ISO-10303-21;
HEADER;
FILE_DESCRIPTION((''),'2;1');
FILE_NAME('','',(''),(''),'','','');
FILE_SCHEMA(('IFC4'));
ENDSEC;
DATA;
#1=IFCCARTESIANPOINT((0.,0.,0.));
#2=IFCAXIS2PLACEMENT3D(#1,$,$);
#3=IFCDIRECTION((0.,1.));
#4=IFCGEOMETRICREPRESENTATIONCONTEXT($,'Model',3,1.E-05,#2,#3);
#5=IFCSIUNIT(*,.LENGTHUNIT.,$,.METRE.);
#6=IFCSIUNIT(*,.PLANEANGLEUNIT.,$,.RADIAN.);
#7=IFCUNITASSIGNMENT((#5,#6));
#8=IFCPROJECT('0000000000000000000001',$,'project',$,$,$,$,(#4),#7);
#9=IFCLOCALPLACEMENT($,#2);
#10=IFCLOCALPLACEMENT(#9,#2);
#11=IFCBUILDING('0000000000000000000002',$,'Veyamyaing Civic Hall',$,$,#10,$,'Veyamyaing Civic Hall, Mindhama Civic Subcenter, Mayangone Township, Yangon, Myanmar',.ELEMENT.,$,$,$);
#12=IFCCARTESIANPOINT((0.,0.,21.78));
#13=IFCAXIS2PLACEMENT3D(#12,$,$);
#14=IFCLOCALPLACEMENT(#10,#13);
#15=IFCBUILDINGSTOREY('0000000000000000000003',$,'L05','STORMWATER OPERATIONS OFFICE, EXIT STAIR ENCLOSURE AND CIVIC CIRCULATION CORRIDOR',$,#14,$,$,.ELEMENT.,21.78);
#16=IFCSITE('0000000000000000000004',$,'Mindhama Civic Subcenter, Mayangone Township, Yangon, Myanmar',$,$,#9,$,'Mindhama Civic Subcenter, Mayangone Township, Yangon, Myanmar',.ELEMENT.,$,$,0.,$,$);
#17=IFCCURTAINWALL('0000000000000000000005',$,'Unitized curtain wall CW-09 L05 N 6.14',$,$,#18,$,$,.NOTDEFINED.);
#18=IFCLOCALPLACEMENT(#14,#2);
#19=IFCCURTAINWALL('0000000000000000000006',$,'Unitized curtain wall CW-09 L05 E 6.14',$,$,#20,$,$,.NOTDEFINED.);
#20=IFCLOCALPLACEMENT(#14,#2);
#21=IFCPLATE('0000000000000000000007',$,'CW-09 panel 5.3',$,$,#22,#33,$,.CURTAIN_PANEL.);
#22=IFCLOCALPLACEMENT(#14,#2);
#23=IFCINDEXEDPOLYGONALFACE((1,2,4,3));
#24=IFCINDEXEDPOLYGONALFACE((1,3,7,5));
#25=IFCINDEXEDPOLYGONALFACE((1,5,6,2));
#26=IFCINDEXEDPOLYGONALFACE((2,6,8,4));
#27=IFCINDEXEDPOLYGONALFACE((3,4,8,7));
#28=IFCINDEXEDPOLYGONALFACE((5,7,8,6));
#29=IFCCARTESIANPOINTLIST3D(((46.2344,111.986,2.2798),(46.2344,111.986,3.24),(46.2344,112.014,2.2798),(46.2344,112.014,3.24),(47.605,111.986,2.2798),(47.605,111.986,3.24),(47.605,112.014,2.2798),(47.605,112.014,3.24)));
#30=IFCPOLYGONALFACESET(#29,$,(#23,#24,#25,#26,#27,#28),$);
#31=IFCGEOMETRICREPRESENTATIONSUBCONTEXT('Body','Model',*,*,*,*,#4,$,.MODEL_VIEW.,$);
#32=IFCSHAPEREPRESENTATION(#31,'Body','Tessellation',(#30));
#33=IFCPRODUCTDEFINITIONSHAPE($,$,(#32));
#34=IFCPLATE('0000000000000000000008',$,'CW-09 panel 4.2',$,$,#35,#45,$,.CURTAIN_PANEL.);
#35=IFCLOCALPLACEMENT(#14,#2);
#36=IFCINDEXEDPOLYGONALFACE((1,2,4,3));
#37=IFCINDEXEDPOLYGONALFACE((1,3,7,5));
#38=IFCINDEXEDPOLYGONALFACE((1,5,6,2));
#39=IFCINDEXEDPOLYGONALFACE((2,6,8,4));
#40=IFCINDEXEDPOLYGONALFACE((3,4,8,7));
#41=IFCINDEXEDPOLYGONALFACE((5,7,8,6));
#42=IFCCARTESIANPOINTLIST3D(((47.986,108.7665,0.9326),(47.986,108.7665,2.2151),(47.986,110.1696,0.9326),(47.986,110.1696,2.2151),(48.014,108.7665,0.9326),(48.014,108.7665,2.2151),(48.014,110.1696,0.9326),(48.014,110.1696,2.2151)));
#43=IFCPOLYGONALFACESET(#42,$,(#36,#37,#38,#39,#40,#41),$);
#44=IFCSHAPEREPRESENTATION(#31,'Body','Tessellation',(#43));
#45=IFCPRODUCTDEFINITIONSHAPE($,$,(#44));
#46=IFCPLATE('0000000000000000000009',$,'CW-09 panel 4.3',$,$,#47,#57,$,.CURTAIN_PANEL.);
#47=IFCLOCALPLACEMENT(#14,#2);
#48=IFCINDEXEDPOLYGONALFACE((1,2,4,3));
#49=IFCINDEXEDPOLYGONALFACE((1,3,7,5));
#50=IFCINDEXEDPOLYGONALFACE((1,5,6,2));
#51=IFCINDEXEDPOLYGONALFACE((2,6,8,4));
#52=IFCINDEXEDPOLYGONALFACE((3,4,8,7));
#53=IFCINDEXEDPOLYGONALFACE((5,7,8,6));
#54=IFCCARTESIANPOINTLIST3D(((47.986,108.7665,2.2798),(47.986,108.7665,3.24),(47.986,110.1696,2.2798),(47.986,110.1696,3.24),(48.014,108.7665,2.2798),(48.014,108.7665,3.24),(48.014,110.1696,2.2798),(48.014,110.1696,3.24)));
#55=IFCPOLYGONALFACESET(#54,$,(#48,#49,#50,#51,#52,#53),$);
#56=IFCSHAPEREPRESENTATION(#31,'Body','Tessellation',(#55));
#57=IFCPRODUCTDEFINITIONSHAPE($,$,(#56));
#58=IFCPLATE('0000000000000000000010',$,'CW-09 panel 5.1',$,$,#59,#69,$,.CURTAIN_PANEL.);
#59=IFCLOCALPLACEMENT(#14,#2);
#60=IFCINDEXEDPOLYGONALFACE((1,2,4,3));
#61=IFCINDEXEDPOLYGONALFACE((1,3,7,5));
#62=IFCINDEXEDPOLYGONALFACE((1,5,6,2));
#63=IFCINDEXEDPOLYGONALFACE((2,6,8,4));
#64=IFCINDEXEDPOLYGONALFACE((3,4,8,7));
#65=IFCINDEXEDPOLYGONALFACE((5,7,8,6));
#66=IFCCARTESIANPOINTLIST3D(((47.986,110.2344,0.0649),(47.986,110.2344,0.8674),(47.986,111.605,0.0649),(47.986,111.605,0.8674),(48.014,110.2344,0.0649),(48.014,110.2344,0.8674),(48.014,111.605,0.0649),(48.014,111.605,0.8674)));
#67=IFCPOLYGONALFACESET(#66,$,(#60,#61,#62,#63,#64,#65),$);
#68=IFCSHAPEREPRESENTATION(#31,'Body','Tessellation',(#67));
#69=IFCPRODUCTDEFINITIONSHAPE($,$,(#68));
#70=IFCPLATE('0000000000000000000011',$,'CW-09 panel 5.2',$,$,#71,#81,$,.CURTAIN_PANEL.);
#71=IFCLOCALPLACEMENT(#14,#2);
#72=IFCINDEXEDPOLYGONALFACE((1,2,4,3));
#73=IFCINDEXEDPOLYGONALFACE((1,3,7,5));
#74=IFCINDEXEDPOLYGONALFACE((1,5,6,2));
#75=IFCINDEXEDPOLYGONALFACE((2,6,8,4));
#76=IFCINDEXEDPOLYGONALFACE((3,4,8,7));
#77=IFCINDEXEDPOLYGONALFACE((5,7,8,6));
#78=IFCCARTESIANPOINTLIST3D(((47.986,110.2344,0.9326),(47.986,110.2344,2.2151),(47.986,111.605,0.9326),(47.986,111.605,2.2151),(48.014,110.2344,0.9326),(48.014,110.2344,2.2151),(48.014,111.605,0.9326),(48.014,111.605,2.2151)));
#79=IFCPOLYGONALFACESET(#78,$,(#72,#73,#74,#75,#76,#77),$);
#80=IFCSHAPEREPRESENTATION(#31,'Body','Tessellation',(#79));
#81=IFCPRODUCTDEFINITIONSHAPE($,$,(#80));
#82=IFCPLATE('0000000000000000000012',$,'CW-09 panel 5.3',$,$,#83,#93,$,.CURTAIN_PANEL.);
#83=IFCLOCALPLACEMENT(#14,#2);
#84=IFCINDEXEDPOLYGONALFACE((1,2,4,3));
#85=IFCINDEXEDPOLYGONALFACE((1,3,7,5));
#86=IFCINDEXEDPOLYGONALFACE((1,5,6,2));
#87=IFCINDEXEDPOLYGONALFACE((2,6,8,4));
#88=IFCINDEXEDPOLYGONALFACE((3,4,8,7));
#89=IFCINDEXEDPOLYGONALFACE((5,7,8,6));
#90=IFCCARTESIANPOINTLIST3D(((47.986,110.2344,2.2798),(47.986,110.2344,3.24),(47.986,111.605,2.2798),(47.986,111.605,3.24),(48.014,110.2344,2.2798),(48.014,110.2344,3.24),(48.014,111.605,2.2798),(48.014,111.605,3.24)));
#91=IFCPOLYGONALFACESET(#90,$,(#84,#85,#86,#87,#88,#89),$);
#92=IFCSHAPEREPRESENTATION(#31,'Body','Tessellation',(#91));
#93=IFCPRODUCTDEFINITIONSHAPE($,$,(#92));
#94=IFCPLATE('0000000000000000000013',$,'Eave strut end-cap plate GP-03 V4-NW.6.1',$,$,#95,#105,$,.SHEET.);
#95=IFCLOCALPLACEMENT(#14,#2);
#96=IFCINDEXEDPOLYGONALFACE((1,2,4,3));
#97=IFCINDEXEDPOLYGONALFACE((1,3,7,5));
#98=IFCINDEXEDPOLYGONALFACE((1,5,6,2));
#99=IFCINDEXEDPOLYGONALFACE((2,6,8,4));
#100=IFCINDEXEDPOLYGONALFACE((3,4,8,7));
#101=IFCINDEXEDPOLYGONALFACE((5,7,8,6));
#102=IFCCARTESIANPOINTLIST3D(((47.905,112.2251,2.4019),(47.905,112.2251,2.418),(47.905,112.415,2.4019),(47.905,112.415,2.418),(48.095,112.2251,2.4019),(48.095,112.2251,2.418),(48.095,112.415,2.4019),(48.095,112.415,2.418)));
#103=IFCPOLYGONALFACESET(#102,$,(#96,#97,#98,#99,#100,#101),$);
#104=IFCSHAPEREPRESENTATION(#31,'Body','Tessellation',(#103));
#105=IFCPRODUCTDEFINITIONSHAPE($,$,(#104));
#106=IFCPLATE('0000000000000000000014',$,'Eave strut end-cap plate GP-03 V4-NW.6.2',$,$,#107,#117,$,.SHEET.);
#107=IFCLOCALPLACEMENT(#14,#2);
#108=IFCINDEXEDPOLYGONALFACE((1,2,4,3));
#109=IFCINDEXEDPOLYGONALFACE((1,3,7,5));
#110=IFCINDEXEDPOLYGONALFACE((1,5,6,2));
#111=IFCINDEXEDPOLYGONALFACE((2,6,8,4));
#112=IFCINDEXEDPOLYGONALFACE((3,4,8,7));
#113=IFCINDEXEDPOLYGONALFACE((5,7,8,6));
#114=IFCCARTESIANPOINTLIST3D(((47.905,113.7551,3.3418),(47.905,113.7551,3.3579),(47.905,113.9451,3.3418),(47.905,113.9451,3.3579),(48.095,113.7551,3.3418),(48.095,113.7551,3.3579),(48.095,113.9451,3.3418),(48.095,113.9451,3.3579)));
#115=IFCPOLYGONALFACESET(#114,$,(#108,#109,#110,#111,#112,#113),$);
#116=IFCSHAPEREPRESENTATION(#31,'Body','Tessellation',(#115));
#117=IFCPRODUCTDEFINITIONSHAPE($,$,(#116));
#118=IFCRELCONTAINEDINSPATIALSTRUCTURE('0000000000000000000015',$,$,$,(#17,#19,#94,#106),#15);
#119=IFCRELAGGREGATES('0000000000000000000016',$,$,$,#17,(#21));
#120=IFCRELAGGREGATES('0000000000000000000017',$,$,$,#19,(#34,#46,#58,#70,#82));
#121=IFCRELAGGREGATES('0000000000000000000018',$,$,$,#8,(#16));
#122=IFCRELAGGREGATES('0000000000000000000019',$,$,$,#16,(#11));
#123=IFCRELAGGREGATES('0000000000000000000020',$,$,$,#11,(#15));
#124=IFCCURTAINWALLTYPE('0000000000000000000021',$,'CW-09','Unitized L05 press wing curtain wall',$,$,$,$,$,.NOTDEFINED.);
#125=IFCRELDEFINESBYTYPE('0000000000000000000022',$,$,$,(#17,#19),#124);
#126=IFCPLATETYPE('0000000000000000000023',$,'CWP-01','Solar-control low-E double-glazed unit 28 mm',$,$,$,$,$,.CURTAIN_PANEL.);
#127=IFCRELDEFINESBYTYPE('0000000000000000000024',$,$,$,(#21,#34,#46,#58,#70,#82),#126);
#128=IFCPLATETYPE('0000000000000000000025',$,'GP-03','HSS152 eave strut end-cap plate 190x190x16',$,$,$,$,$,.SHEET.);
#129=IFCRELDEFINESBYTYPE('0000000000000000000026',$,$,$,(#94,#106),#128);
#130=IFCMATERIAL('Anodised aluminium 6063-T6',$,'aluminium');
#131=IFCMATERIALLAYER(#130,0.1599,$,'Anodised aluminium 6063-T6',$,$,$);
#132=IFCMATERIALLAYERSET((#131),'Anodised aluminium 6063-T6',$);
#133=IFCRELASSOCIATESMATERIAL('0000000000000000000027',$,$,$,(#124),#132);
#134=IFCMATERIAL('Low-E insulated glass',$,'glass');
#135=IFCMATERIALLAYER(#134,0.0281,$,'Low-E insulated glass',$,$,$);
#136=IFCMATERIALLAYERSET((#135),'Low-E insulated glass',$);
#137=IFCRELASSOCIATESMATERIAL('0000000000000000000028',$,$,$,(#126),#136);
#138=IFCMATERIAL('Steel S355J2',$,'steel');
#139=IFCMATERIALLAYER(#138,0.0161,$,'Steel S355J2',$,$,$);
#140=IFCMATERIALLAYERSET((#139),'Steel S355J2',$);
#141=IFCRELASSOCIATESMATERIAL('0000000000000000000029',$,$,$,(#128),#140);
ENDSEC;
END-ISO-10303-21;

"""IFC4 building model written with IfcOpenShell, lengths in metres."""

from ifc_helpers import new_model, si_unit, direction, frame, origin, origin_2d, place, context, subcontext, project, spatial, rectangle, extrude, material, layer, layer_set, type_object, element, aggregate, save


model = new_model("IFC4")

# Units and contexts
model_context = context("Model", 3, precision=1e-05, world=origin(), true_north=direction((0.0, 1.0)))
body_context = subcontext(model_context, "Body", "Model", "MODEL_VIEW")
ifc_project = project(units=[si_unit("LENGTHUNIT", "METRE"), si_unit("PLANEANGLEUNIT", "RADIAN")], contexts=[model_context])

# Site, building, storey
site_placement = place(None, origin())
site = spatial("IfcSite", under=ifc_project, at=site_placement, Name="Mindhama Civic Subcenter, Mayangone Township, Yangon, Myanmar", LongName="Mindhama Civic Subcenter, Mayangone Township, Yangon, Myanmar", CompositionType="ELEMENT", RefElevation=0.0)
building_placement = place(site_placement, origin())
building = spatial("IfcBuilding", under=site, at=building_placement, Name="Veyamyaing Civic Hall", LongName="Veyamyaing Civic Hall, Mindhama Civic Subcenter, Mayangone Township, Yangon, Myanmar", CompositionType="ELEMENT")
storey_placement = place(building_placement, frame((0.0, 0.0, 21.78)))
storey = spatial("IfcBuildingStorey", under=building, at=storey_placement, Name="L05", Description="STORMWATER OPERATIONS OFFICE, EXIT STAIR ENCLOSURE AND CIVIC CIRCULATION CORRIDOR", CompositionType="ELEMENT", Elevation=21.78)

# Curtain wall
ifc_material_1 = material(Name="Anodised aluminium 6063-T6", Category="aluminium")
ifc_layer_1 = layer(ifc_material_1, 0.1599, Name="Anodised aluminium 6063-T6")
ifc_layer_set_1 = layer_set([ifc_layer_1], Name="Anodised aluminium 6063-T6")
curtain_wall_type = type_object("IfcCurtainWallType", Name="CW-09", Description="Unitized L05 press wing curtain wall", PredefinedType="NOTDEFINED", material=ifc_layer_set_1)
curtain_wall_1_placement = place(storey_placement, origin())
curtain_wall_1 = element("IfcCurtainWall", 1, at=curtain_wall_1_placement, inside=storey, type_object=curtain_wall_type, Name="Unitized curtain wall CW-09 L05 N 6.14", PredefinedType="NOTDEFINED")

# Curtain wall
curtain_wall_2_placement = place(storey_placement, origin())
curtain_wall_2 = element("IfcCurtainWall", 2, at=curtain_wall_2_placement, inside=storey, type_object=curtain_wall_type, Name="Unitized curtain wall CW-09 L05 E 6.14", PredefinedType="NOTDEFINED")

# Shared definitions
ifc_material_2 = material(Name="Steel S355J2", Category="steel")

# Plates
ifc_material_3 = material(Name="Low-E insulated glass", Category="glass")
ifc_layer_2 = layer(ifc_material_3, 0.0281, Name="Low-E insulated glass")
ifc_layer_set_2 = layer_set([ifc_layer_2], Name="Low-E insulated glass")
plate_type_1 = type_object("IfcPlateType", Name="CWP-01", Description="Solar-control low-E double-glazed unit 28 mm", PredefinedType="CURTAIN_PANEL", material=ifc_layer_set_2)
plate_1_placement = place(storey_placement, frame((46.9197, 112.0, 2.2798), z_axis=(0.0, 0.0, 1.0), x_axis=(1.0, 0.0, 0.0)))
plate_1 = element("IfcPlate", 3, at=plate_1_placement, type_object=plate_type_1, Name="CW-09 panel 5.3", PredefinedType="CURTAIN_PANEL", context=body_context, shape_type="SweptSolid", body=[
    extrude(rectangle(XDim=1.3706, YDim=0.0281, at=origin_2d()), origin(), (0.0, 0.0, 1.0), 0.9602),
])
aggregate(curtain_wall_1, [plate_1])
plate_2_placement = place(storey_placement, frame((48.0, 109.468, 0.9326), z_axis=(0.0, 0.0, 1.0), x_axis=(0.0, 1.0, 0.0)))
plate_2 = element("IfcPlate", 4, at=plate_2_placement, type_object=plate_type_1, Name="CW-09 panel 4.2", PredefinedType="CURTAIN_PANEL", context=body_context, shape_type="SweptSolid", body=[
    extrude(rectangle(XDim=1.4031, YDim=0.0281, at=origin_2d()), origin(), (0.0, 0.0, 1.0), 1.2825),
])
plate_3_placement = place(storey_placement, frame((48.0, 109.468, 2.2798), z_axis=(0.0, 0.0, 1.0), x_axis=(0.0, 1.0, 0.0)))
plate_3 = element("IfcPlate", 5, at=plate_3_placement, type_object=plate_type_1, Name="CW-09 panel 4.3", PredefinedType="CURTAIN_PANEL", context=body_context, shape_type="SweptSolid", body=[
    extrude(rectangle(XDim=1.4031, YDim=0.0281, at=origin_2d()), origin(), (0.0, 0.0, 1.0), 0.9602),
])
plate_4_placement = place(storey_placement, frame((48.0, 110.9197, 0.0649), z_axis=(0.0, 0.0, 1.0), x_axis=(0.0, 1.0, 0.0)))
plate_4 = element("IfcPlate", 6, at=plate_4_placement, type_object=plate_type_1, Name="CW-09 panel 5.1", PredefinedType="CURTAIN_PANEL", context=body_context, shape_type="SweptSolid", body=[
    extrude(rectangle(XDim=1.3706, YDim=0.0281, at=origin_2d()), origin(), (0.0, 0.0, 1.0), 0.8025),
])
plate_5_placement = place(storey_placement, frame((48.0, 110.9197, 0.9326), z_axis=(0.0, 0.0, 1.0), x_axis=(0.0, 1.0, 0.0)))
plate_5 = element("IfcPlate", 7, at=plate_5_placement, type_object=plate_type_1, Name="CW-09 panel 5.2", PredefinedType="CURTAIN_PANEL", context=body_context, shape_type="SweptSolid", body=[
    extrude(rectangle(XDim=1.3706, YDim=0.0281, at=origin_2d()), origin(), (0.0, 0.0, 1.0), 1.2825),
])
plate_6_placement = place(storey_placement, frame((48.0, 110.9197, 2.2798), z_axis=(0.0, 0.0, 1.0), x_axis=(0.0, 1.0, 0.0)))
plate_6 = element("IfcPlate", 8, at=plate_6_placement, type_object=plate_type_1, Name="CW-09 panel 5.3", PredefinedType="CURTAIN_PANEL", context=body_context, shape_type="SweptSolid", body=[
    extrude(rectangle(XDim=1.3706, YDim=0.0281, at=origin_2d()), origin(), (0.0, 0.0, 1.0), 0.9602),
])
aggregate(curtain_wall_2, [plate_2, plate_3, plate_4, plate_5, plate_6])

# Plates
ifc_layer_3 = layer(ifc_material_2, 0.0161, Name="Steel S355J2")
ifc_layer_set_3 = layer_set([ifc_layer_3], Name="Steel S355J2")
plate_type_2 = type_object("IfcPlateType", Name="GP-03", Description="HSS152 eave strut end-cap plate 190x190x16", PredefinedType="SHEET", material=ifc_layer_set_3)
for number, where, z_axis, x_axis, name in (
    (9, (48.0, 112.3201, 2.4019), (0.0, 0.0, 1.0), (0.0, 1.0, 0.0), "Eave strut end-cap plate GP-03 V4-NW.6.1"),
    (10, (48.0, 113.8501, 3.3418), (0.0, 0.0, 1.0), (0.0, 1.0, 0.0), "Eave strut end-cap plate GP-03 V4-NW.6.2"),
):
    element("IfcPlate", number, at=place(storey_placement, frame(where, z_axis=z_axis, x_axis=x_axis)), inside=storey, type_object=plate_type_2, Name=name, PredefinedType="SHEET", context=body_context, shape_type="SweptSolid", body=[
        extrude(rectangle(XDim=0.1899, YDim=0.1899, at=origin_2d()), origin(), (0.0, 0.0, 1.0), 0.0161),
    ])

save(model, "model.ifc")
